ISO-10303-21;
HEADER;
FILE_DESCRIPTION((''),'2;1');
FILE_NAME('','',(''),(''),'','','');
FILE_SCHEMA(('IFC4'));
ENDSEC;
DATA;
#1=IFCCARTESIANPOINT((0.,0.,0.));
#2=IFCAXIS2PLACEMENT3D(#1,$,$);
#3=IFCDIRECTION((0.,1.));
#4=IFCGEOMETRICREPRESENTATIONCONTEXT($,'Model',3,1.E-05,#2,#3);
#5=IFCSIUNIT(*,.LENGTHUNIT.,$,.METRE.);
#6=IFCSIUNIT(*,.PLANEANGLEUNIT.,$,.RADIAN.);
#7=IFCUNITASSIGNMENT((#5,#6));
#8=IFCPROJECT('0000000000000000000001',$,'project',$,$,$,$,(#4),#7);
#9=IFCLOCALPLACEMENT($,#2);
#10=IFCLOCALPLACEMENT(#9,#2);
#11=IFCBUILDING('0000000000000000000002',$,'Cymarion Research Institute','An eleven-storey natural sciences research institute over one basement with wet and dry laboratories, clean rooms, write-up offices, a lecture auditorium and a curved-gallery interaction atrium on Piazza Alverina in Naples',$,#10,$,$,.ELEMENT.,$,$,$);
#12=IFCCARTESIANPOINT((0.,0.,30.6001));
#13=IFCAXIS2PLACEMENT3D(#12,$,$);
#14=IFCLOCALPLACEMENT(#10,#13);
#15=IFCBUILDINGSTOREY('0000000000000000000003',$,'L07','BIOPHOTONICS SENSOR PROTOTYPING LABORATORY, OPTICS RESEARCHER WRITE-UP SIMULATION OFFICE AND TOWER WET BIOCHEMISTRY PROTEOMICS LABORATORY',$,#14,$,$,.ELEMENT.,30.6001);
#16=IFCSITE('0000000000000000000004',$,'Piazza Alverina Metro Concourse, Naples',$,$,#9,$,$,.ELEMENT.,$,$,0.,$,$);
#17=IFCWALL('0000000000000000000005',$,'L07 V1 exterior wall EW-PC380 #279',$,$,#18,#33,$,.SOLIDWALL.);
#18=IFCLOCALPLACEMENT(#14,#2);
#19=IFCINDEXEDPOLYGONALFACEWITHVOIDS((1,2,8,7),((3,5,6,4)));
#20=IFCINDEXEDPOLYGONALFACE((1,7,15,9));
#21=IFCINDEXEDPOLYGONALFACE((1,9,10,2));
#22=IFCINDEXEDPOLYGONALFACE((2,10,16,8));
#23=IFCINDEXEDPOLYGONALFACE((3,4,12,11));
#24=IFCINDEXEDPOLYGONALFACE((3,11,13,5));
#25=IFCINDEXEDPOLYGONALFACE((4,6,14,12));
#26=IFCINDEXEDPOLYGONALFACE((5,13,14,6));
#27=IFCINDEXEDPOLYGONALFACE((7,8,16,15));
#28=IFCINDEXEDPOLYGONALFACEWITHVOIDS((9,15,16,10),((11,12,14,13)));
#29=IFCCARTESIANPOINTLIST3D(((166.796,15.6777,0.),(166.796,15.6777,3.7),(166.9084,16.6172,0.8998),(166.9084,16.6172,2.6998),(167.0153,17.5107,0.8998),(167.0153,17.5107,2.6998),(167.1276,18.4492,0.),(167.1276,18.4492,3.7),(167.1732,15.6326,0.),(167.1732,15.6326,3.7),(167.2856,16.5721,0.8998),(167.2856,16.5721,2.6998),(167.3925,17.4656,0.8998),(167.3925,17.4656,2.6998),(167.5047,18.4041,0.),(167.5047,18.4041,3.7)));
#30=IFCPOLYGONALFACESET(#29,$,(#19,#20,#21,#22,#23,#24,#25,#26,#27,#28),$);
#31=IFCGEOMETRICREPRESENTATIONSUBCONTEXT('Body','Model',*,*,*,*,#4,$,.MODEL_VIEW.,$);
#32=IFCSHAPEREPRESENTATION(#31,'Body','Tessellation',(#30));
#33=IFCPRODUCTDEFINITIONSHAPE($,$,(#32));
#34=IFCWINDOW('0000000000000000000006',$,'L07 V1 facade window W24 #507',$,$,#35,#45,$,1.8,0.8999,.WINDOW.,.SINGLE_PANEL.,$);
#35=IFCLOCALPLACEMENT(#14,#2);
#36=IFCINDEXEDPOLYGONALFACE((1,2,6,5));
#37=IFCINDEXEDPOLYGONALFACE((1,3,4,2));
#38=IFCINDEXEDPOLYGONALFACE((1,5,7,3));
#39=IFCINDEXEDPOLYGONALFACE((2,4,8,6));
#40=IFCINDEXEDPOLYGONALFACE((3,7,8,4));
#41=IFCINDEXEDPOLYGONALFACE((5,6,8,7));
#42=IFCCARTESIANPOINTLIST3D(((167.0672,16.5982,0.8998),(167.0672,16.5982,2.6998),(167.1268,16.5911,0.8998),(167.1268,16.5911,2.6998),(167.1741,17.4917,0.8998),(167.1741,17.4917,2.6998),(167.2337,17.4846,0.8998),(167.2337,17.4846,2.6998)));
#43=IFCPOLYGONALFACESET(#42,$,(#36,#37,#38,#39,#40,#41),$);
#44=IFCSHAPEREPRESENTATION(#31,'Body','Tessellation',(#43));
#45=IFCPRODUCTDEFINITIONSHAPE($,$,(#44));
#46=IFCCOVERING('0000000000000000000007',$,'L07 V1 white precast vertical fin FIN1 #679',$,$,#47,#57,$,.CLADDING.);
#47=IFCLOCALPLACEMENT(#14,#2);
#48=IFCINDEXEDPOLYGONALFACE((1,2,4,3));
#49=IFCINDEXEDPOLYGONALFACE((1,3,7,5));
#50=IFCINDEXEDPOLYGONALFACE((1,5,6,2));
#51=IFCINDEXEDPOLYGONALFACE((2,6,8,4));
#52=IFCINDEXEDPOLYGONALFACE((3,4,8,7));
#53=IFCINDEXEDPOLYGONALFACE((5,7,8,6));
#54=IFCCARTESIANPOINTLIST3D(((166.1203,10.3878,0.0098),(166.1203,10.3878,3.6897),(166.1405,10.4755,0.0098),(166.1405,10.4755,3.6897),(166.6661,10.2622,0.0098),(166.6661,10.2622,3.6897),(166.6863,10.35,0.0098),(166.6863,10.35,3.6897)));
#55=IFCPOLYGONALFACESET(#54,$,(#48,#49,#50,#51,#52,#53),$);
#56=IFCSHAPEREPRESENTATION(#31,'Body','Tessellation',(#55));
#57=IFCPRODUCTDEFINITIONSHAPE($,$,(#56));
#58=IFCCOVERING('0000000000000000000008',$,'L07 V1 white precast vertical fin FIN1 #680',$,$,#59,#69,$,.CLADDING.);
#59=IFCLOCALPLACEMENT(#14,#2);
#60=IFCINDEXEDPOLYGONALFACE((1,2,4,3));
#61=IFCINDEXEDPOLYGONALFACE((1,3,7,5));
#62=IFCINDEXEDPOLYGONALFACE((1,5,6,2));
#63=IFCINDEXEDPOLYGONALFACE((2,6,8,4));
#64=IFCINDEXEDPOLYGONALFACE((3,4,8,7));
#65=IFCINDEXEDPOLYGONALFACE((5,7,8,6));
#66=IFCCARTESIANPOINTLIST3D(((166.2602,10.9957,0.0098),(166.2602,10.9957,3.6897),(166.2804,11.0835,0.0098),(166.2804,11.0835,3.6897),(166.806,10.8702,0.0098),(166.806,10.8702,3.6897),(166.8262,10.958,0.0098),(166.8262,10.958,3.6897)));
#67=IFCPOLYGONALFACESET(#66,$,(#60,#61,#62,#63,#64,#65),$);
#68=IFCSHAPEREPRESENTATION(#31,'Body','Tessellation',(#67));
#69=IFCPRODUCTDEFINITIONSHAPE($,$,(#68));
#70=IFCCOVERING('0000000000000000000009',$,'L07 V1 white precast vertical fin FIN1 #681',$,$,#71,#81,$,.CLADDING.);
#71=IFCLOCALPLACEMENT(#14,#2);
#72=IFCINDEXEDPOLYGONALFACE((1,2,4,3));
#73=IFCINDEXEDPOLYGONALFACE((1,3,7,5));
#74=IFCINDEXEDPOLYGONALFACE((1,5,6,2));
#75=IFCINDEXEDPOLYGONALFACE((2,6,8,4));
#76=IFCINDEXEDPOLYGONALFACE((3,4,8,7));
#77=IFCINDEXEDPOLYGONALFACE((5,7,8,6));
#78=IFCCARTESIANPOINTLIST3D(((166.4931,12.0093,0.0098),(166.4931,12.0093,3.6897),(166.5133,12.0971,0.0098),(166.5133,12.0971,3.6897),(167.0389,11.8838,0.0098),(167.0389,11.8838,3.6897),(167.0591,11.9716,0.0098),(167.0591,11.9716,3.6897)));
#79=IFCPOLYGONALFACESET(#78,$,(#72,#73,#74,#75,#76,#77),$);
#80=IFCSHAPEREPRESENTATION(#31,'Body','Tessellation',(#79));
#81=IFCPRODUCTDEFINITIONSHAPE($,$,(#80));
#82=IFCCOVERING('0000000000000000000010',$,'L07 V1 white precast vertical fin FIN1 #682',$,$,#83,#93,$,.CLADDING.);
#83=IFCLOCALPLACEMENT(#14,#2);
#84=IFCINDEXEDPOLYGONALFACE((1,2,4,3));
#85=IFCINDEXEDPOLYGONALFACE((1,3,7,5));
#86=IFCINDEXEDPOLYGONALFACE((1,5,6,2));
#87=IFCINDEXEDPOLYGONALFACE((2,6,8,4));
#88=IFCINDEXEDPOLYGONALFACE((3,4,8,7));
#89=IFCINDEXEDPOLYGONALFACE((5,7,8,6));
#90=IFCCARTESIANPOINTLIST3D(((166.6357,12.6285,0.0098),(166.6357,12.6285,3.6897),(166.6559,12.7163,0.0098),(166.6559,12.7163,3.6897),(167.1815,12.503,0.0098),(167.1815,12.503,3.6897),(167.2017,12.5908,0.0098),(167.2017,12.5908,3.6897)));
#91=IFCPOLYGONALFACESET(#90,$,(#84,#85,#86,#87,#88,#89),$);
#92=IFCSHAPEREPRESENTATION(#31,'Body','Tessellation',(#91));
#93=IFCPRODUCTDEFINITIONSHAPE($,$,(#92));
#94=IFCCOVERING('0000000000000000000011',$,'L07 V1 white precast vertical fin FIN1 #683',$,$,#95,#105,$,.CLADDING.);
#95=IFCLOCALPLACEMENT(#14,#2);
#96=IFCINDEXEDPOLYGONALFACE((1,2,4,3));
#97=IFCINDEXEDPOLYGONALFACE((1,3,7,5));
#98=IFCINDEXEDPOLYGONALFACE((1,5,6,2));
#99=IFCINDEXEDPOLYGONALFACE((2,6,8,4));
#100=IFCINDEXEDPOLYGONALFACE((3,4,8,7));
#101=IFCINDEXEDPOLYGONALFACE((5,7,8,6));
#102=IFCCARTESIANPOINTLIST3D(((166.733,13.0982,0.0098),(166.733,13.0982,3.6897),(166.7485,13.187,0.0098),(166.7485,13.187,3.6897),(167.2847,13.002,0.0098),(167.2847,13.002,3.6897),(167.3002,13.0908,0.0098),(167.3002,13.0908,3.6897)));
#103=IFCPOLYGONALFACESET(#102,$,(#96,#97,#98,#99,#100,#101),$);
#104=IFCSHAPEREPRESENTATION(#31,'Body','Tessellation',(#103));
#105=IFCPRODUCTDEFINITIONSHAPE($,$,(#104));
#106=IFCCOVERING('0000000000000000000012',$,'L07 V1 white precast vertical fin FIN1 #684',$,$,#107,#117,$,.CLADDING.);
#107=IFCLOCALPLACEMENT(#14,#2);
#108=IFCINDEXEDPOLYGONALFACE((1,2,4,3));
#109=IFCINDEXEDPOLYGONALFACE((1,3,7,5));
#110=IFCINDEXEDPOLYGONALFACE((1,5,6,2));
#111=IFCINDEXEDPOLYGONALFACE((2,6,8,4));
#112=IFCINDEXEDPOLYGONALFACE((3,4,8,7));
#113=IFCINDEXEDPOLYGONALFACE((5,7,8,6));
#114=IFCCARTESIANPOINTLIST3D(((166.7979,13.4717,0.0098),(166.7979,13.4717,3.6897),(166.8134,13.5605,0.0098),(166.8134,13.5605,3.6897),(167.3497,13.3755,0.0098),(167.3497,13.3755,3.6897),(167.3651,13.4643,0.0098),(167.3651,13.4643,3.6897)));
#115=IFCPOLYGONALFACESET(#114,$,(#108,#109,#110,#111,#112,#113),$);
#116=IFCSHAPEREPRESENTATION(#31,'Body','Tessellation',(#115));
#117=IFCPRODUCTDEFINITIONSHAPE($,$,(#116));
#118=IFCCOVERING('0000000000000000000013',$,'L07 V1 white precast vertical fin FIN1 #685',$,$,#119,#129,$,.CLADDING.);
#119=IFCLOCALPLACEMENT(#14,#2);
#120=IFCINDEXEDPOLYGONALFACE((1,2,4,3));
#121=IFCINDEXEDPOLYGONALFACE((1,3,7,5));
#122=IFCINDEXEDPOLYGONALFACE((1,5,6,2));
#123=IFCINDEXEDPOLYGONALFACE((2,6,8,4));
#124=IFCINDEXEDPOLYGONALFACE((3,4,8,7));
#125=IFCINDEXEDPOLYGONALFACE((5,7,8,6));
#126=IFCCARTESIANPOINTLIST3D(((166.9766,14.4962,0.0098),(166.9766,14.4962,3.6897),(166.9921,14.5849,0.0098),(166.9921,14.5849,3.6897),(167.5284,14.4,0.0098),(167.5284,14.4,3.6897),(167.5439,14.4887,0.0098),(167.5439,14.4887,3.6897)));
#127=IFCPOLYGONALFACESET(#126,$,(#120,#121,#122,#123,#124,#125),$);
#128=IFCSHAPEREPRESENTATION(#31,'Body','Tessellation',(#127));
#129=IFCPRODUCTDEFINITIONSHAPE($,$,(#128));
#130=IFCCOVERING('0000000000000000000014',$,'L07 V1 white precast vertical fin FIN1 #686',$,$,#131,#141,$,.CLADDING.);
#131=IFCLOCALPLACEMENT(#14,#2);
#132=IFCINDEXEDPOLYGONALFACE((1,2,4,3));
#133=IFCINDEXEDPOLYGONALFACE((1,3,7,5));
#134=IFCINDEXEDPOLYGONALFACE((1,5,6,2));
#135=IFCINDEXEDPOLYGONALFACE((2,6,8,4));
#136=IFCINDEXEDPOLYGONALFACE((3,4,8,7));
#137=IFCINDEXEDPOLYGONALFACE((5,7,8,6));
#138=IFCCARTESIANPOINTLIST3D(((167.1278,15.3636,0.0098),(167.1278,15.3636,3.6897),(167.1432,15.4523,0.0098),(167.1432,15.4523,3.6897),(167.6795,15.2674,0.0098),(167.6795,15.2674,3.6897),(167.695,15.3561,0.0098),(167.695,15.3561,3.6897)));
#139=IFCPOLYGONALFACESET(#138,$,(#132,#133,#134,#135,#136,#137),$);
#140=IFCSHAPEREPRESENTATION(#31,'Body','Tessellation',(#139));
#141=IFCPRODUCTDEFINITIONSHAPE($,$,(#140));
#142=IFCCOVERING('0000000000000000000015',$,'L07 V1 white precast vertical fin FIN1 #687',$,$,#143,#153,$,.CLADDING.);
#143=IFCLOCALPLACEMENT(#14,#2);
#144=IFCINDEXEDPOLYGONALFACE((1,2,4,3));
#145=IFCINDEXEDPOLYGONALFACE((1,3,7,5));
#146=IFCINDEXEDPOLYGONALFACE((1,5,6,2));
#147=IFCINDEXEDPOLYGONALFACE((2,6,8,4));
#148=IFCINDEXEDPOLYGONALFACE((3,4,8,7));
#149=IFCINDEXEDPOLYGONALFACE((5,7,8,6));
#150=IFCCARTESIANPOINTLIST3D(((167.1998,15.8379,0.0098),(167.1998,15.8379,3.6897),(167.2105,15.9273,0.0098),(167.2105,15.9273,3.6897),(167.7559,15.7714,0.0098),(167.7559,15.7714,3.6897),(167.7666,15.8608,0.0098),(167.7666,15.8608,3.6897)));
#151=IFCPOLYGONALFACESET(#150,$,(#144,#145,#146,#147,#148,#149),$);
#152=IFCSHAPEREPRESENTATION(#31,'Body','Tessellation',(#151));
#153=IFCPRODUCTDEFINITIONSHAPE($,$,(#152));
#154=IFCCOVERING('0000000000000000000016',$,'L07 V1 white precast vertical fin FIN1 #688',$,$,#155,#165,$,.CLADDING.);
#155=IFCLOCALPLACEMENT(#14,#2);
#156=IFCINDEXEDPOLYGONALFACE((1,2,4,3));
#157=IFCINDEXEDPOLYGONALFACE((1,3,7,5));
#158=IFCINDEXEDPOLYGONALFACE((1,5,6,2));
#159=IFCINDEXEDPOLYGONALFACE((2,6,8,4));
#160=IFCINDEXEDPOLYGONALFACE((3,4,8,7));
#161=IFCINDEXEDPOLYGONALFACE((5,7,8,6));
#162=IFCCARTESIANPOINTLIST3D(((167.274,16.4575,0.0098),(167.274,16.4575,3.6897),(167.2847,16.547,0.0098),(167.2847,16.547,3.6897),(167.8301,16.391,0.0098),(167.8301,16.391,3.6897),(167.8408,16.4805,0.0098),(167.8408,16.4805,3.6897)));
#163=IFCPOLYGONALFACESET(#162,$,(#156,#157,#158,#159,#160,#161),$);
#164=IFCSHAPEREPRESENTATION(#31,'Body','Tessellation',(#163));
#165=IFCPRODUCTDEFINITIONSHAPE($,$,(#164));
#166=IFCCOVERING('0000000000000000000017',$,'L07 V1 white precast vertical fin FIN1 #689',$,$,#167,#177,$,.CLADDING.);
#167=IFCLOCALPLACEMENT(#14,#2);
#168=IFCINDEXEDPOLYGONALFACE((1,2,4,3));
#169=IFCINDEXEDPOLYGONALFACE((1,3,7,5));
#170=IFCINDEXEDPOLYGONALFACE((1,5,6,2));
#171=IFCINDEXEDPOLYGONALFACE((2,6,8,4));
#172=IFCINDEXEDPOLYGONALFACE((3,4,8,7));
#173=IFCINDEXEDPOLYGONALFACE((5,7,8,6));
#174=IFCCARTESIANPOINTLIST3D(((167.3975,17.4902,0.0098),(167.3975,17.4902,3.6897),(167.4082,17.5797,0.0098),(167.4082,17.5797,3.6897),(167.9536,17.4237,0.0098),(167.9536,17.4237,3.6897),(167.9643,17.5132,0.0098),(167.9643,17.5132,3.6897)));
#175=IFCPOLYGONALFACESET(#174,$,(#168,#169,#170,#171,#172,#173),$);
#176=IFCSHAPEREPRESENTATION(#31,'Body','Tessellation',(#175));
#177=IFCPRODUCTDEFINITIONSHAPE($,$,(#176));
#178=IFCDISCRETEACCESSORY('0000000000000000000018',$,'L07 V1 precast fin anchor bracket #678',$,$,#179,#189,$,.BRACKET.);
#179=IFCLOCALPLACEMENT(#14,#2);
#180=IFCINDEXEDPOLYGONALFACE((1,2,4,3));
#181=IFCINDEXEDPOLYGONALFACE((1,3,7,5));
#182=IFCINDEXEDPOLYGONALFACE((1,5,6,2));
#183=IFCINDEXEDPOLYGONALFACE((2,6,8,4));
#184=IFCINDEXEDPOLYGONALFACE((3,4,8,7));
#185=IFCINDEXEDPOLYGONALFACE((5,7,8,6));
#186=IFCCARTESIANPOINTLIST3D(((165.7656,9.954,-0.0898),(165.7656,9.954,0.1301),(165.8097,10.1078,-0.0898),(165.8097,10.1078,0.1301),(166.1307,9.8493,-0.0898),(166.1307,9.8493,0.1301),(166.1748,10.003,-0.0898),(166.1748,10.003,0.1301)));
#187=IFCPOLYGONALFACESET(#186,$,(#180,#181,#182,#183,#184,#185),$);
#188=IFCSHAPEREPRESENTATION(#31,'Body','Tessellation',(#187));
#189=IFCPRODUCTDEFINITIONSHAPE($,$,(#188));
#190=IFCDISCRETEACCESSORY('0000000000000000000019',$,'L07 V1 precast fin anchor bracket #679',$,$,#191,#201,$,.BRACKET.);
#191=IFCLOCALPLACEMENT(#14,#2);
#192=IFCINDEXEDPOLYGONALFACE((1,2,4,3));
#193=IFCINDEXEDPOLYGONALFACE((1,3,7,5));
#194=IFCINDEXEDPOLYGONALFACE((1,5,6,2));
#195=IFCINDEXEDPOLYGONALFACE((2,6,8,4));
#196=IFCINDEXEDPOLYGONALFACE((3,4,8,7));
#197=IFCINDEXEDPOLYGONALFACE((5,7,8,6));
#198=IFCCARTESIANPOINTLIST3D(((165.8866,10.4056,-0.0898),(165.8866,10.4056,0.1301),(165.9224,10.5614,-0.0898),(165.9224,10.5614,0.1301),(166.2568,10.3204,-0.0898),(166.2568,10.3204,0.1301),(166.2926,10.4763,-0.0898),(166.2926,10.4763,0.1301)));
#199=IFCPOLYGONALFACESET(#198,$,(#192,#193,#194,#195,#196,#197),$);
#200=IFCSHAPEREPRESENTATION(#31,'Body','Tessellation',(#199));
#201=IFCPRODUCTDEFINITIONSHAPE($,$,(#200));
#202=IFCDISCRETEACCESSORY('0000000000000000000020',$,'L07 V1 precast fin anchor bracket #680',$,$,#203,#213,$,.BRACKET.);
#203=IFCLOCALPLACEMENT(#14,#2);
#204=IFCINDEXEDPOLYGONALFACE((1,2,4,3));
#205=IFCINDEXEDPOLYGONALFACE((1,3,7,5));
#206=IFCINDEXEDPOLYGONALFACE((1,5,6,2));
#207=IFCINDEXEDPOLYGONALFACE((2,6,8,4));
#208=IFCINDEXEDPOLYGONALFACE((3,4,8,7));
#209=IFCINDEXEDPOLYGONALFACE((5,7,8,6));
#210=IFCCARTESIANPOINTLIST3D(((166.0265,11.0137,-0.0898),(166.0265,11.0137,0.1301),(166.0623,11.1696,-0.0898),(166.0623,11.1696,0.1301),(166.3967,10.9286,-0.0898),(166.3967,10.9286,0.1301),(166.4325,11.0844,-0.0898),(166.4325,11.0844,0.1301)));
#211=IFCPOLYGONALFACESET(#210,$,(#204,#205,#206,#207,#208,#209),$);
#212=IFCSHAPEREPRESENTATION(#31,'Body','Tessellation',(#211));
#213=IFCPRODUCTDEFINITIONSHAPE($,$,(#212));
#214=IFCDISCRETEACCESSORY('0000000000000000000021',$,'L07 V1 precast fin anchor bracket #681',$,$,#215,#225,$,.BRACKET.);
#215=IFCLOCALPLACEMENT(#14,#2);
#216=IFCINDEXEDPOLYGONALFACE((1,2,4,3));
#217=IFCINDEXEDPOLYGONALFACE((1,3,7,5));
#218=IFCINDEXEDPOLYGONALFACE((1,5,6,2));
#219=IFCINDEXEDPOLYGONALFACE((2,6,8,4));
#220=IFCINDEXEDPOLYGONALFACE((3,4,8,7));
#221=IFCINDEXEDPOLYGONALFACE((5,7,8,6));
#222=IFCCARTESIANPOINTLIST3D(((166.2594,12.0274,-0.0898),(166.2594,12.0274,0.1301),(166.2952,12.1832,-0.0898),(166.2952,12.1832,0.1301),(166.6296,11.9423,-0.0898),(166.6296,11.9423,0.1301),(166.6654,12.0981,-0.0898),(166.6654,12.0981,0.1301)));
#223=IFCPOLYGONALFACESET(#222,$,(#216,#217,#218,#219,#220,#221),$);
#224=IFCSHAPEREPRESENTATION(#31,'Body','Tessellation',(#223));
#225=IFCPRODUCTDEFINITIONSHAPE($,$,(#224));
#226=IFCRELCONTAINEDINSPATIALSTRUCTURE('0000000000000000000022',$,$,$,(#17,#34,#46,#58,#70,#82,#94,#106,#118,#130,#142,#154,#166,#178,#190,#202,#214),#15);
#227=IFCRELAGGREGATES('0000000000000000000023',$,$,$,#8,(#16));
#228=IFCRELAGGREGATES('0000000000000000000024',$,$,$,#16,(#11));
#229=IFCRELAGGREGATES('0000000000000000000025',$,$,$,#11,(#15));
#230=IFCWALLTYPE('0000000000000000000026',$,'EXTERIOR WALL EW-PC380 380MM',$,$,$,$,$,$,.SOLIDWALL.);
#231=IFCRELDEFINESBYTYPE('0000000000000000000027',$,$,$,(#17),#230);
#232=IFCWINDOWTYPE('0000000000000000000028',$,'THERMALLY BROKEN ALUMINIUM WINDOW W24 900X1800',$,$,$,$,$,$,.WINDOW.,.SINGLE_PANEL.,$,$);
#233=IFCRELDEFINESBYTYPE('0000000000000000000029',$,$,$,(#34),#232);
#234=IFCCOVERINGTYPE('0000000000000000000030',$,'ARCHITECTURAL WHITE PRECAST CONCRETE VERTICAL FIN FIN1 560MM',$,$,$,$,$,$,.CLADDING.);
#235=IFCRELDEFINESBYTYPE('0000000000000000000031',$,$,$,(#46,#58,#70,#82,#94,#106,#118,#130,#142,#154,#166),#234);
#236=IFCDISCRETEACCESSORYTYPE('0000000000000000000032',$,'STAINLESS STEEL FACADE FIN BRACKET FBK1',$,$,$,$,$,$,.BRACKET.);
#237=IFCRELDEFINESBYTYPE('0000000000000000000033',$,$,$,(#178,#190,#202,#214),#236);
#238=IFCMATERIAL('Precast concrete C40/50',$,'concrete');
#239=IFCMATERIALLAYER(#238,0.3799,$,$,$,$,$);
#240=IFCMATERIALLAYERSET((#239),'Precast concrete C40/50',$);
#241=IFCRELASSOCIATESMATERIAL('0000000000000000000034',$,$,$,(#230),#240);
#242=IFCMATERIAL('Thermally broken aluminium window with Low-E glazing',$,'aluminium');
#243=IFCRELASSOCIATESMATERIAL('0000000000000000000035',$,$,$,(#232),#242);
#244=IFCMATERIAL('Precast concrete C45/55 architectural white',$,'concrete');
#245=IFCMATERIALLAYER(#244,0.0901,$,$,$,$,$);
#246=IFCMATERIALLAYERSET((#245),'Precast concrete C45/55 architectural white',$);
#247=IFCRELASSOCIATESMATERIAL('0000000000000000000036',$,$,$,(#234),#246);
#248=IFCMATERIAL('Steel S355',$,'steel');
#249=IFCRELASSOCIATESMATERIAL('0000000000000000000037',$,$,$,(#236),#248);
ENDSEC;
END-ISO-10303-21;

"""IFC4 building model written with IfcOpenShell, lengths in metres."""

from ifc_helpers import new_model, si_unit, direction, frame, frame_2d, origin, origin_2d, place, context, subcontext, project, spatial, rectangle, extrude, material, layer, layer_set, type_object, element, fill, save


model = new_model("IFC4")

# Units and contexts
model_context = context("Model", 3, precision=1e-05, world=origin(), true_north=direction((0.0, 1.0)))
body_context = subcontext(model_context, "Body", "Model", "MODEL_VIEW")
ifc_project = project(units=[si_unit("LENGTHUNIT", "METRE"), si_unit("PLANEANGLEUNIT", "RADIAN")], contexts=[model_context])

# Site, building, storey
site_placement = place(None, origin())
site = spatial("IfcSite", under=ifc_project, at=site_placement, Name="Piazza Alverina Metro Concourse, Naples", CompositionType="ELEMENT", RefElevation=0.0)
building_placement = place(site_placement, origin())
building = spatial("IfcBuilding", under=site, at=building_placement, Name="Cymarion Research Institute", Description="An eleven-storey natural sciences research institute over one basement with wet and dry laboratories, clean rooms, write-up offices, a lecture auditorium and a curved-gallery interaction atrium on Piazza Alverina in Naples", CompositionType="ELEMENT")
storey_placement = place(building_placement, frame((0.0, 0.0, 30.6001)))
storey = spatial("IfcBuildingStorey", under=building, at=storey_placement, Name="L07", Description="BIOPHOTONICS SENSOR PROTOTYPING LABORATORY, OPTICS RESEARCHER WRITE-UP SIMULATION OFFICE AND TOWER WET BIOCHEMISTRY PROTEOMICS LABORATORY", CompositionType="ELEMENT", Elevation=30.6001)

# Shared definitions
ifc_material_1 = material(Name="Steel S355", Category="steel")

# Wall, opening, window
ifc_material_2 = material(Name="Precast concrete C40/50", Category="concrete")
ifc_layer_1 = layer(ifc_material_2, 0.3799)
ifc_layer_set_1 = layer_set([ifc_layer_1], Name="Precast concrete C40/50")
wall_type = type_object("IfcWallType", Name="EXTERIOR WALL EW-PC380 380MM", PredefinedType="SOLIDWALL", material=ifc_layer_set_1)
ifc_material_3 = material(Name="Thermally broken aluminium window with Low-E glazing", Category="aluminium")
window_type = type_object("IfcWindowType", Name="THERMALLY BROKEN ALUMINIUM WINDOW W24 900X1800", PartitioningType="SINGLE_PANEL", PredefinedType="WINDOW", material=ifc_material_3)
wall_1_placement = place(storey_placement, frame((166.9846, 15.6553, 0.0), z_axis=(0.0, 0.0, 1.0), x_axis=(0.11878, 0.992921, 0.0)))
wall_1 = element("IfcWall", 1, at=wall_1_placement, inside=storey, type_object=wall_type, Name="L07 V1 exterior wall EW-PC380 #279", PredefinedType="SOLIDWALL", context=body_context, shape_type="SweptSolid", body=[
    extrude(rectangle(XDim=2.7913, YDim=0.3799, at=frame_2d((1.3955, 0.0))), origin(), (0.0, 0.0, 1.0), 3.7),
])
opening_1_placement = place(wall_1_placement, frame((0.946, 0.0, 0.8999)))
opening_1 = element("IfcOpeningElement", 2, at=opening_1_placement, cuts=wall_1, PredefinedType="OPENING", context=body_context, shape_type="SweptSolid", body=[
    extrude(rectangle(XDim=0.8999, YDim=1.8, at=frame_2d((0.45, 0.8999))), frame((0.0, 0.2, 0.0), z_axis=(0.0, -1.0, 0.0), x_axis=(1.0, 0.0, 0.0)), (0.0, 0.0, 1.0), 0.3999),
])
window_1_placement = place(opening_1_placement, origin())
window_1 = element("IfcWindow", 3, at=window_1_placement, inside=storey, type_object=window_type, Name="L07 V1 facade window W24 #507", OverallHeight=1.8, OverallWidth=0.8999, PartitioningType="SINGLE_PANEL", PredefinedType="WINDOW", context=body_context, shape_type="SweptSolid", body=[
    extrude(rectangle(XDim=0.8999, YDim=1.8, at=frame_2d((0.45, 0.8999))), frame((0.0, 0.03, 0.0), z_axis=(0.0, -1.0, 0.0), x_axis=(1.0, 0.0, 0.0)), (0.0, 0.0, 1.0), 0.0601),
])
fill(opening_1, window_1)

# Coverings
ifc_material_4 = material(Name="Precast concrete C45/55 architectural white", Category="concrete")
ifc_layer_2 = layer(ifc_material_4, 0.0901)
ifc_layer_set_2 = layer_set([ifc_layer_2], Name="Precast concrete C45/55 architectural white")
covering_type = type_object("IfcCoveringType", Name="ARCHITECTURAL WHITE PRECAST CONCRETE VERTICAL FIN FIN1 560MM", PredefinedType="CLADDING", material=ifc_layer_set_2)
for number, where, z_axis, x_axis, name in (
    (4, (166.4033, 10.3689, 0.0098), (0.0, 0.0, 1.0), (0.974566, -0.224101, 0.0), "L07 V1 white precast vertical fin FIN1 #679"),
    (5, (166.5432, 10.9768, 0.0098), (0.0, 0.0, 1.0), (0.974566, -0.224101, 0.0), "L07 V1 white precast vertical fin FIN1 #680"),
    (6, (166.7761, 11.9905, 0.0098), (0.0, 0.0, 1.0), (0.974566, -0.224101, 0.0), "L07 V1 white precast vertical fin FIN1 #681"),
    (7, (166.9187, 12.6096, 0.0098), (0.0, 0.0, 1.0), (0.974566, -0.224101, 0.0), "L07 V1 white precast vertical fin FIN1 #682"),
    (8, (167.0166, 13.0945, 0.0098), (0.0, 0.0, 1.0), (0.985139, -0.171757, 0.0), "L07 V1 white precast vertical fin FIN1 #683"),
    (9, (167.0815, 13.468, 0.0098), (0.0, 0.0, 1.0), (0.985139, -0.171757, 0.0), "L07 V1 white precast vertical fin FIN1 #684"),
    (10, (167.2603, 14.4924, 0.0098), (0.0, 0.0, 1.0), (0.985139, -0.171757, 0.0), "L07 V1 white precast vertical fin FIN1 #685"),
    (11, (167.4114, 15.3599, 0.0098), (0.0, 0.0, 1.0), (0.985139, -0.171757, 0.0), "L07 V1 white precast vertical fin FIN1 #686"),
    (12, (167.4832, 15.8494, 0.0098), (0.0, 0.0, 1.0), (0.992924, -0.118751, 0.0), "L07 V1 white precast vertical fin FIN1 #687"),
    (13, (167.5574, 16.469, 0.0098), (0.0, 0.0, 1.0), (0.992924, -0.118751, 0.0), "L07 V1 white precast vertical fin FIN1 #688"),
    (14, (167.6809, 17.5017, 0.0098), (0.0, 0.0, 1.0), (0.992924, -0.118751, 0.0), "L07 V1 white precast vertical fin FIN1 #689"),
):
    element("IfcCovering", number, at=place(storey_placement, frame(where, z_axis=z_axis, x_axis=x_axis)), inside=storey, type_object=covering_type, Name=name, PredefinedType="CLADDING", context=body_context, shape_type="SweptSolid", body=[
        extrude(rectangle(XDim=0.5601, YDim=0.0901, at=origin_2d()), origin(), (0.0, 0.0, 1.0), 3.6799),
    ])

# Discrete accessories
discrete_accessory_type = type_object("IfcDiscreteAccessoryType", Name="STAINLESS STEEL FACADE FIN BRACKET FBK1", PredefinedType="BRACKET", material=ifc_material_1)
for number, where, z_axis, x_axis, name in (
    (15, (165.9702, 9.9785, -0.0898), (0.0, 0.0, 1.0), (0.961214, -0.275805, 0.0), "L07 V1 precast fin anchor bracket #678"),
    (16, (166.0896, 10.4409, -0.0898), (0.0, 0.0, 1.0), (0.974566, -0.224101, 0.0), "L07 V1 precast fin anchor bracket #679"),
    (17, (166.2295, 11.0491, -0.0898), (0.0, 0.0, 1.0), (0.974566, -0.224101, 0.0), "L07 V1 precast fin anchor bracket #680"),
    (18, (166.4624, 12.0627, -0.0898), (0.0, 0.0, 1.0), (0.974566, -0.224101, 0.0), "L07 V1 precast fin anchor bracket #681"),
):
    element("IfcDiscreteAccessory", number, at=place(storey_placement, frame(where, z_axis=z_axis, x_axis=x_axis)), inside=storey, type_object=discrete_accessory_type, Name=name, PredefinedType="BRACKET", context=body_context, shape_type="SweptSolid", body=[
        extrude(rectangle(XDim=0.3799, YDim=0.1599, at=origin_2d()), origin(), (0.0, 0.0, 1.0), 0.22),
    ])

save(model, "model.ifc")
